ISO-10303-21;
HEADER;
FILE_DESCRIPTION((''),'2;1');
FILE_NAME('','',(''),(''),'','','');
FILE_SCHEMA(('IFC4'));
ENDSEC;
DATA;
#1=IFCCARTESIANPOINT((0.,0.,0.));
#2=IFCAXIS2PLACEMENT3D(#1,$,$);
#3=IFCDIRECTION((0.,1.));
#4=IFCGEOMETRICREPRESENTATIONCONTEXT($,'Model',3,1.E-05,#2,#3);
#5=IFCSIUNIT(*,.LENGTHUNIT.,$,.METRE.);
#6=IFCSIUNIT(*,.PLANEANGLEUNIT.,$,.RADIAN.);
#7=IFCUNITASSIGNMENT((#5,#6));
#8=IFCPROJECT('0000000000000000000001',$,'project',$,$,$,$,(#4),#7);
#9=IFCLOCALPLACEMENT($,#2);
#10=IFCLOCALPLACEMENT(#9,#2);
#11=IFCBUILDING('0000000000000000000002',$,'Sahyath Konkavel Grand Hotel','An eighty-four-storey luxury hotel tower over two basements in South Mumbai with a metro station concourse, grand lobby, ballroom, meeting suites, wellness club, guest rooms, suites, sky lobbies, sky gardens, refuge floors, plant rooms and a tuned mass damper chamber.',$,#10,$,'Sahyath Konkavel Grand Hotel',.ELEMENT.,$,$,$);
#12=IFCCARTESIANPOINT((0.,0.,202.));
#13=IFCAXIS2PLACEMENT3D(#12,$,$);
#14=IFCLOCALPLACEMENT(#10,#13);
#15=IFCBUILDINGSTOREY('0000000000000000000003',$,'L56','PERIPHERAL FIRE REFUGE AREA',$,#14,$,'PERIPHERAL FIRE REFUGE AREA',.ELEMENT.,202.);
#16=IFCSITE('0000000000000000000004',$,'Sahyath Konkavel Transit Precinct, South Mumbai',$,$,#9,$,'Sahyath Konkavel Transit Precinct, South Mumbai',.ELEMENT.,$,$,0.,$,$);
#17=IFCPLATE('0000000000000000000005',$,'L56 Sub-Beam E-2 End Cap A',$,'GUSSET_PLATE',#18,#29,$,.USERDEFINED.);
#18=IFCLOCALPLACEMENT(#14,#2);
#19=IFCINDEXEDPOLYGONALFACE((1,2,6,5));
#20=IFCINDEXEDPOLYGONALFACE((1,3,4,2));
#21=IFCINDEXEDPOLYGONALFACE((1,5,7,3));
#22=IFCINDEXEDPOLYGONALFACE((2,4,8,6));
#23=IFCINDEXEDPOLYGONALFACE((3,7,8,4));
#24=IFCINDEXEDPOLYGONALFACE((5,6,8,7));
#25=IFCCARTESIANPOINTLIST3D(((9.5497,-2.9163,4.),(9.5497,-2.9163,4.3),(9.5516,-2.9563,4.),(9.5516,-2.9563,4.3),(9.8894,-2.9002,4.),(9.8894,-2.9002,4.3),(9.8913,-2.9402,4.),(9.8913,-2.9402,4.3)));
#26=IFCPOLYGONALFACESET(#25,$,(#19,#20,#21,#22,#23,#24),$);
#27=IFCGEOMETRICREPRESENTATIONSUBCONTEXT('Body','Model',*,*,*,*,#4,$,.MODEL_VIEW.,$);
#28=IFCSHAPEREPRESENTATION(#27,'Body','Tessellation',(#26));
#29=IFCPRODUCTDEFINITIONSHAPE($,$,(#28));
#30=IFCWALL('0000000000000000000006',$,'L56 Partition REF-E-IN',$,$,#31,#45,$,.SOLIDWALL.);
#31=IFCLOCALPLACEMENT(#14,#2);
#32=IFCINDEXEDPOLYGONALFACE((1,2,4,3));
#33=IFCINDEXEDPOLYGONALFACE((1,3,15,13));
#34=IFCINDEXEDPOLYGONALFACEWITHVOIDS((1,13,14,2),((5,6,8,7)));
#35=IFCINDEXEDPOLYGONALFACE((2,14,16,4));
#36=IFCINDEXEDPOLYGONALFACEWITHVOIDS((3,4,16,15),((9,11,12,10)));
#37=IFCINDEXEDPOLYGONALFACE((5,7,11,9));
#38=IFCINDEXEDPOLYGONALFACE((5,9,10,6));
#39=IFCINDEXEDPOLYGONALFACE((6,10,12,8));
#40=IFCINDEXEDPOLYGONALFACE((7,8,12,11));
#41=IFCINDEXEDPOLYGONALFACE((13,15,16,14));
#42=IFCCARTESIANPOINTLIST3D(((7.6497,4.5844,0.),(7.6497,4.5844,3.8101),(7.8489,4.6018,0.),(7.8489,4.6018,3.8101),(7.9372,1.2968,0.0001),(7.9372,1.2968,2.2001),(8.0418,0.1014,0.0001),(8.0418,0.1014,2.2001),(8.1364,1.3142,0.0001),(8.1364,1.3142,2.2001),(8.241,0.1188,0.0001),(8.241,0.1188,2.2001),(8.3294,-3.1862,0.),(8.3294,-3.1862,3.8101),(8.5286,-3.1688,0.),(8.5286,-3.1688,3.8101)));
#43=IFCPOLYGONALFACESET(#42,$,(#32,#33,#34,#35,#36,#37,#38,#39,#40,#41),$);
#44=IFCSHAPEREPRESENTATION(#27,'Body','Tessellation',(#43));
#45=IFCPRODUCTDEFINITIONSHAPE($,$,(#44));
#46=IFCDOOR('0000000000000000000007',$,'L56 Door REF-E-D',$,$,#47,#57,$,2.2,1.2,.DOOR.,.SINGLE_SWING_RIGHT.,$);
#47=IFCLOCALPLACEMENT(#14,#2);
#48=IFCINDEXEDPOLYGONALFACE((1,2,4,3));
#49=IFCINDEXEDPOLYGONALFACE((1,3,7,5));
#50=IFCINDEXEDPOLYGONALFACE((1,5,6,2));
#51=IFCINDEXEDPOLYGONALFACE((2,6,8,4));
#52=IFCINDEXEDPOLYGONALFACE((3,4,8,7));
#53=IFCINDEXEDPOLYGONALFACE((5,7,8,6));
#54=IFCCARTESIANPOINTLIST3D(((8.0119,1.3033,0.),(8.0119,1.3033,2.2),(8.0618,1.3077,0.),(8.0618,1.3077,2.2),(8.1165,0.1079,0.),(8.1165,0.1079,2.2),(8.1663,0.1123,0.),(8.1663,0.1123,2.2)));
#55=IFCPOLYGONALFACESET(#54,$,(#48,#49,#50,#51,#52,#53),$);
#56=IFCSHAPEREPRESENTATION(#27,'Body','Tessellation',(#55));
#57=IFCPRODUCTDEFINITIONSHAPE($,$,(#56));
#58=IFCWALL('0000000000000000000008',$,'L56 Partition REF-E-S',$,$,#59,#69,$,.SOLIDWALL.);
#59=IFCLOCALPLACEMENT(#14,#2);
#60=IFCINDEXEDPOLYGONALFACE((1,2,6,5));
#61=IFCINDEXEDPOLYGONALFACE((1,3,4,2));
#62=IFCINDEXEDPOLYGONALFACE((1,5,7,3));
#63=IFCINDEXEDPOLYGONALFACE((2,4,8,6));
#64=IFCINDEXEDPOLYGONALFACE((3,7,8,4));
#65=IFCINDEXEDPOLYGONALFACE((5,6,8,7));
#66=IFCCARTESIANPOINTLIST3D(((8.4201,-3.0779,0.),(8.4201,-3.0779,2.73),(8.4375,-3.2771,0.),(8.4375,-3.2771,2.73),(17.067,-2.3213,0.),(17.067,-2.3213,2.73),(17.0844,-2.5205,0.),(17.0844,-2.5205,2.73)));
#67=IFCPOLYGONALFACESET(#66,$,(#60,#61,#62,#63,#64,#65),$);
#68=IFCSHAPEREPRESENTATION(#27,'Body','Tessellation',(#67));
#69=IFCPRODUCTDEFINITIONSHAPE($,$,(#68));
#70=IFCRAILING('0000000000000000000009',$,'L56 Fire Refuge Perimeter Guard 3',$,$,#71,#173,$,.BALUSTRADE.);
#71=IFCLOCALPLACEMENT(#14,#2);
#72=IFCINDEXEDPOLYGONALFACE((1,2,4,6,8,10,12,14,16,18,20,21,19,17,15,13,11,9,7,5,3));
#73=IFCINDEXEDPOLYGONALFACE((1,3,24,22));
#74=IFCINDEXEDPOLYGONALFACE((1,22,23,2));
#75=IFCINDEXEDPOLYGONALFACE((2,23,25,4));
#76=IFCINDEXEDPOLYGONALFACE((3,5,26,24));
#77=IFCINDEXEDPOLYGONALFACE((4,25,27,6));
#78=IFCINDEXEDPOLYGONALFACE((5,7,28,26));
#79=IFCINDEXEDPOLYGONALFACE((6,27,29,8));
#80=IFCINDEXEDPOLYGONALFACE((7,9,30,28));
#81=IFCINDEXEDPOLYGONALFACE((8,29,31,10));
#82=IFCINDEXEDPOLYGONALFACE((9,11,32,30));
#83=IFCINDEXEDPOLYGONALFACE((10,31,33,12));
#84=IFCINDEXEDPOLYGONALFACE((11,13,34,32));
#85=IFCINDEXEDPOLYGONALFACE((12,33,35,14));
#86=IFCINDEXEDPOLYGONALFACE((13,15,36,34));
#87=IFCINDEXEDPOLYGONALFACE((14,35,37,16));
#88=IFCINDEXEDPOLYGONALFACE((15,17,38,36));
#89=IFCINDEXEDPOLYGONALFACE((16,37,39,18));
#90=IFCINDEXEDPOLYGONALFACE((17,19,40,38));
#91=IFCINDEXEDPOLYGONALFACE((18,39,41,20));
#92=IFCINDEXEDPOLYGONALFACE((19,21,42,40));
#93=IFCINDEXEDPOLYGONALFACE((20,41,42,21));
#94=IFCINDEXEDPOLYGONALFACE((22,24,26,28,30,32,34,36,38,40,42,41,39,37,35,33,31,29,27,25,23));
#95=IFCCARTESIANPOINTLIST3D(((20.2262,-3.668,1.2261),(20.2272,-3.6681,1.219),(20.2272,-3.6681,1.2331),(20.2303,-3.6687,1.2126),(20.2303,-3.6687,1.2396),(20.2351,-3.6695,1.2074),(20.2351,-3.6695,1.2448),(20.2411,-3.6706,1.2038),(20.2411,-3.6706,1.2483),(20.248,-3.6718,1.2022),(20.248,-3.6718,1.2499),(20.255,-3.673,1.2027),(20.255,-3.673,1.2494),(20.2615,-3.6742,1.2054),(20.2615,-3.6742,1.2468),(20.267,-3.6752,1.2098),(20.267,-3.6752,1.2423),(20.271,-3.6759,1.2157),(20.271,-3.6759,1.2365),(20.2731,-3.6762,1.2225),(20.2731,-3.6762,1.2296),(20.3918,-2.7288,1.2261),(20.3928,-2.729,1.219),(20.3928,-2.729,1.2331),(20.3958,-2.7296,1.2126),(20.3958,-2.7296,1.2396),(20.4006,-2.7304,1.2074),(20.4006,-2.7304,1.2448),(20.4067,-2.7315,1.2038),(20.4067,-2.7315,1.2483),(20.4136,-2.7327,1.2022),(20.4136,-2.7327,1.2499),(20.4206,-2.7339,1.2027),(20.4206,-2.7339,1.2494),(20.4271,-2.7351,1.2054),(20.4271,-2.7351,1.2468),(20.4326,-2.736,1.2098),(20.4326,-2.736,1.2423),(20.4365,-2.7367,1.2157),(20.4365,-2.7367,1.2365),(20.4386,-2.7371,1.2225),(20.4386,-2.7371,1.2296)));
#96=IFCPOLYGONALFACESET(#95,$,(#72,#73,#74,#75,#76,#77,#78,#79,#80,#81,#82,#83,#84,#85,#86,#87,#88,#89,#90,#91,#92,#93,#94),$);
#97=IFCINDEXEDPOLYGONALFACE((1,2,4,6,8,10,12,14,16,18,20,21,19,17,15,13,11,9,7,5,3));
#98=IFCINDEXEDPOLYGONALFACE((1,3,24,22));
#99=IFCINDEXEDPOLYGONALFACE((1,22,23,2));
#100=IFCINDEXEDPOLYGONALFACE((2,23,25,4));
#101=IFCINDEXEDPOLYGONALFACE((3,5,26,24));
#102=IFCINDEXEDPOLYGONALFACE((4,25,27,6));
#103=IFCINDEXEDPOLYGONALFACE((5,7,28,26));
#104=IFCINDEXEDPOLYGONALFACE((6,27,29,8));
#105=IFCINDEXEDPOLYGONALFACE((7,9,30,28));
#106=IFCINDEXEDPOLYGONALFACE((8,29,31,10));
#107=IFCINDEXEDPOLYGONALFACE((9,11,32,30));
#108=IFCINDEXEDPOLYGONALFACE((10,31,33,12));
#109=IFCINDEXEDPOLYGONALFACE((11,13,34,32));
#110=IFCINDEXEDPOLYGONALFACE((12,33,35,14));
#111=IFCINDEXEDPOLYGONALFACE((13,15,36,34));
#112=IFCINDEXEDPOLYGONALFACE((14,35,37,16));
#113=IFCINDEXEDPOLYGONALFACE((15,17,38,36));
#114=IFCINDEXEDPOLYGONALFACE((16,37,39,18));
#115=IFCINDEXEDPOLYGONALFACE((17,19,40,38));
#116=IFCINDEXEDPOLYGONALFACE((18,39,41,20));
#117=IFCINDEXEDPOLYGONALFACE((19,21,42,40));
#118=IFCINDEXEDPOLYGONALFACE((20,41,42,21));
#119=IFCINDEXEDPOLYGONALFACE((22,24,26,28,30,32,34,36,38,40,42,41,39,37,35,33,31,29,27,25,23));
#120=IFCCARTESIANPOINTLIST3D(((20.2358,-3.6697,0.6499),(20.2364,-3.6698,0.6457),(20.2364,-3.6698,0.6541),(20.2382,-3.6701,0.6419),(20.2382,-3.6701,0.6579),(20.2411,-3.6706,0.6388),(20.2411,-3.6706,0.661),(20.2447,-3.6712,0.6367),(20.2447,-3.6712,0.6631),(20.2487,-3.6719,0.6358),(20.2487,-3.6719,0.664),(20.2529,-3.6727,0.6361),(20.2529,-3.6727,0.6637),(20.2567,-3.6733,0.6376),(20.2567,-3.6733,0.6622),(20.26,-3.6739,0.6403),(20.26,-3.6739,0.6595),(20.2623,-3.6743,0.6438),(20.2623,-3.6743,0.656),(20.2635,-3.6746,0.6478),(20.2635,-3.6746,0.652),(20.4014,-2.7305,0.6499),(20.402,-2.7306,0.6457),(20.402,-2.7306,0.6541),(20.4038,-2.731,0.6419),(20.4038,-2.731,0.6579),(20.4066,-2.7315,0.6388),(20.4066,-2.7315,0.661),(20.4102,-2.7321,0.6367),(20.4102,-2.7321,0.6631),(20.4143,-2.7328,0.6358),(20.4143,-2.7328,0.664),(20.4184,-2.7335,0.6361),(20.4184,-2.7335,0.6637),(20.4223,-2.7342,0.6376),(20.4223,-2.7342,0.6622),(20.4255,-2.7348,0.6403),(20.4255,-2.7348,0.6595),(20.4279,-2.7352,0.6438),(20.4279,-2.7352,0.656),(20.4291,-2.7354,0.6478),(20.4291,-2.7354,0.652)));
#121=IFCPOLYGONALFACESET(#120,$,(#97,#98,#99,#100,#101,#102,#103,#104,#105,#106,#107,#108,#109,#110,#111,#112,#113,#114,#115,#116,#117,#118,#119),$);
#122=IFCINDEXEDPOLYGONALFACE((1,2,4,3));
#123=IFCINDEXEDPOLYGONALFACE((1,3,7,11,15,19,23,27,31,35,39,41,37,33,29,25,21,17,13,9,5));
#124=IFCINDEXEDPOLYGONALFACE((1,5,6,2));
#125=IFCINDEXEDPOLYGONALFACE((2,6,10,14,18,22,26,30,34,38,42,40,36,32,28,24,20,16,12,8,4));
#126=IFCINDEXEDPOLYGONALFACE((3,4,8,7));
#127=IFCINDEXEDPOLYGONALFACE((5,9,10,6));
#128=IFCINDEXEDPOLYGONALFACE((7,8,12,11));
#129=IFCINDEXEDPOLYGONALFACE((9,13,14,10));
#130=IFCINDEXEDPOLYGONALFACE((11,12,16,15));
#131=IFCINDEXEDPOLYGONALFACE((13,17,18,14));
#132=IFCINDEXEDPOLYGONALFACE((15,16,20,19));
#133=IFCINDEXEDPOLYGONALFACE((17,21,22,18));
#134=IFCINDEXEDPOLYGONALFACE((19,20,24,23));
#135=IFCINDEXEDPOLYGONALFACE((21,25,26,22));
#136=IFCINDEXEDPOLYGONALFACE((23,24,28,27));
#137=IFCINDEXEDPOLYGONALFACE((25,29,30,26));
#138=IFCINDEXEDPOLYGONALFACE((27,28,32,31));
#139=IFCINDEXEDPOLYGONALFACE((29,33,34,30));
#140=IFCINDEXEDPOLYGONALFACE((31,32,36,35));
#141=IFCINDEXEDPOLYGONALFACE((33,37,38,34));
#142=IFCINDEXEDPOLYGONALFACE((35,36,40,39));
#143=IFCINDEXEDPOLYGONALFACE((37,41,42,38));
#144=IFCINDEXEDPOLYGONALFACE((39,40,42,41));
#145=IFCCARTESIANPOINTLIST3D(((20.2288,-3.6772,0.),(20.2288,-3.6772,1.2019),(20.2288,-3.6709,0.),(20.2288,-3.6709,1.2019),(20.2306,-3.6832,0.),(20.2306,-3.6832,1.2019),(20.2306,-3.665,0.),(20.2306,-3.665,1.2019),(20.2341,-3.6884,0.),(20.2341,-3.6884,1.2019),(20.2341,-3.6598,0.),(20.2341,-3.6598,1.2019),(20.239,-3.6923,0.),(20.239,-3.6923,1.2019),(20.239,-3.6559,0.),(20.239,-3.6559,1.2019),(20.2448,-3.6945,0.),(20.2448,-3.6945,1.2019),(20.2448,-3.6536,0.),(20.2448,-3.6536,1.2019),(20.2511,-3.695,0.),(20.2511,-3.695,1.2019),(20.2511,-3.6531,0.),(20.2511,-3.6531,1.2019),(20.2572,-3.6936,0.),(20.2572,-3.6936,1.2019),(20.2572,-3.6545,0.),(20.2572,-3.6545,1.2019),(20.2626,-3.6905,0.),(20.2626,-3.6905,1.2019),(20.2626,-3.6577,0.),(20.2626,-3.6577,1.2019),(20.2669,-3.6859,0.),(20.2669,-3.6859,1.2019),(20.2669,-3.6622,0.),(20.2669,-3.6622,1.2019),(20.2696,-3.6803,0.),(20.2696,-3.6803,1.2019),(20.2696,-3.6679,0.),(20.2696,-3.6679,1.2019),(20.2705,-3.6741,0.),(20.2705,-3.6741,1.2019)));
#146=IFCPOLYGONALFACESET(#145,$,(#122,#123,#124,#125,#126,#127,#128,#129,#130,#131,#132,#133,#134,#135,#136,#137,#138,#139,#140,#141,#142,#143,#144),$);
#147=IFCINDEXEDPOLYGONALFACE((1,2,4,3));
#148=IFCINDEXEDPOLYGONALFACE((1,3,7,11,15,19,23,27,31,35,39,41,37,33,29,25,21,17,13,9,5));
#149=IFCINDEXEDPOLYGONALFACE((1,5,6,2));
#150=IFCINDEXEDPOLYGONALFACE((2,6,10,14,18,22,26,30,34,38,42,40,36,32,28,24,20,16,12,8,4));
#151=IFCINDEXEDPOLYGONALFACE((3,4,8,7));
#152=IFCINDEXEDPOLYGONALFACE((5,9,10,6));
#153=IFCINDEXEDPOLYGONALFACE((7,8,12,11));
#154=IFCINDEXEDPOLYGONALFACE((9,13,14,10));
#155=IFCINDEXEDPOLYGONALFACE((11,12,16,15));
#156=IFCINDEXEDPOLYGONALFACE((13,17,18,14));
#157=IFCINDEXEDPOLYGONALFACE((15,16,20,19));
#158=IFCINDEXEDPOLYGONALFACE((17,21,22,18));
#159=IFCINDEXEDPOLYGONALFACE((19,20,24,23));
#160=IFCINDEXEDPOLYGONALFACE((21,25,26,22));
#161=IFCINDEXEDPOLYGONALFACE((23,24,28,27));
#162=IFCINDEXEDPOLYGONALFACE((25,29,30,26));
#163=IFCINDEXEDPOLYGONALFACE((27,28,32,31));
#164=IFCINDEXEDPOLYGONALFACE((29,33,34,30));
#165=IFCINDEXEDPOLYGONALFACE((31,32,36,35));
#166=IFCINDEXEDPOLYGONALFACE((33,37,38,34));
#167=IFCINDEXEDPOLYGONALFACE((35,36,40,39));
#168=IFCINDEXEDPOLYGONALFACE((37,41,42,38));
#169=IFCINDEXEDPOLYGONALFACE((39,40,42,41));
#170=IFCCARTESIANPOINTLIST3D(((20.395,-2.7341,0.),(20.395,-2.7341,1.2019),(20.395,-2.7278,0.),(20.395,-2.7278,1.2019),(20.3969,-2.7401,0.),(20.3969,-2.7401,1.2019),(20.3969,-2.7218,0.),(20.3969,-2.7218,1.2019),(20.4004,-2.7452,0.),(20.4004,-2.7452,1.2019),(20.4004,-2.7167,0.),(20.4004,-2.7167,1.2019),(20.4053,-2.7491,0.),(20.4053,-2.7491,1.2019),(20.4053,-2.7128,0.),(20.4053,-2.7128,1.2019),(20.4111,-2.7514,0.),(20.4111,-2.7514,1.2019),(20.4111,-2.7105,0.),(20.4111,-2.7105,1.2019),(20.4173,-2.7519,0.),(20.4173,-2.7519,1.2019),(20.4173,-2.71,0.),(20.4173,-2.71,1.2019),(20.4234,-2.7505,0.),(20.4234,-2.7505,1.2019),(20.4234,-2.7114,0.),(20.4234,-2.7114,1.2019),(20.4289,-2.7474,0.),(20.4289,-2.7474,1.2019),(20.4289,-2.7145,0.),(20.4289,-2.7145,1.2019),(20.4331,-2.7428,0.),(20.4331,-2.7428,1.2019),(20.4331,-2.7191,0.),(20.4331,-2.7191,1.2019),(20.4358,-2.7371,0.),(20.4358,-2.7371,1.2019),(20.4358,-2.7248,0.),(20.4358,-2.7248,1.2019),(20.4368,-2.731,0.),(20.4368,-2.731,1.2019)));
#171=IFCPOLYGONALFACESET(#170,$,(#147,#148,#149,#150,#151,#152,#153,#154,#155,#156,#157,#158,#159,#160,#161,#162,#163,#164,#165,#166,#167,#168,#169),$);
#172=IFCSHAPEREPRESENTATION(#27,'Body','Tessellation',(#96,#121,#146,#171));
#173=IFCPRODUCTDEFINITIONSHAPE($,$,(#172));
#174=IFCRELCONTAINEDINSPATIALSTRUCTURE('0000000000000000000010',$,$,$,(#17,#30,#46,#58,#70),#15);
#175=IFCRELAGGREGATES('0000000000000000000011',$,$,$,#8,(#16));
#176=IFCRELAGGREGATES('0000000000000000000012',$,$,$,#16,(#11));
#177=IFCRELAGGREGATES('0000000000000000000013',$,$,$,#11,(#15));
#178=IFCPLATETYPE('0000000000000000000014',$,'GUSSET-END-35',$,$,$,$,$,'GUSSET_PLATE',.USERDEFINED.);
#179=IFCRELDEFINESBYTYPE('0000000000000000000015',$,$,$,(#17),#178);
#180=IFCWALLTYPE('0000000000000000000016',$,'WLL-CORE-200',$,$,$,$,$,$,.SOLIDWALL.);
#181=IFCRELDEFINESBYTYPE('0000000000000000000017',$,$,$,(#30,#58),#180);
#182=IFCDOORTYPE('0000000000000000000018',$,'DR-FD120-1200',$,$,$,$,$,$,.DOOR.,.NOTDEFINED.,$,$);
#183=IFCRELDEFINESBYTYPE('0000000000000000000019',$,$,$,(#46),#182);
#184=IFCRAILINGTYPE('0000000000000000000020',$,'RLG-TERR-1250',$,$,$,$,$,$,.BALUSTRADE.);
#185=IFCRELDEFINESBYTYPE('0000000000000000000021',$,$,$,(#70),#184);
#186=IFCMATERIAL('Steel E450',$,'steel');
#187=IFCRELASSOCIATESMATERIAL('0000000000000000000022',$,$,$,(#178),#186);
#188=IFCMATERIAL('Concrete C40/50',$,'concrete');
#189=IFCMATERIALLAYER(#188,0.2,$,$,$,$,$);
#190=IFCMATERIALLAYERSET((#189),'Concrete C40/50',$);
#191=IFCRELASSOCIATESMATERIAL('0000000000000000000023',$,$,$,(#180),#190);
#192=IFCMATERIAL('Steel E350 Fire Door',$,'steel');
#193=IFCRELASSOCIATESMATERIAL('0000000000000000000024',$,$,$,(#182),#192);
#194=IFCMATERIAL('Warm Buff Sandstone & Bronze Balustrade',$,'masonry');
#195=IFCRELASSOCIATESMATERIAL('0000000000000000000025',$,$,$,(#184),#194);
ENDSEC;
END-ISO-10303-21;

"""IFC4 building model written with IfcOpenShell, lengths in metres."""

from ifc_helpers import new_model, si_unit, direction, frame, frame_2d, origin, origin_2d, place, context, subcontext, project, spatial, rectangle, circle, extrude, source, transform, mapped, material, layer, layer_set, type_object, element, fill, save


model = new_model("IFC4")

# Units and contexts
model_context = context("Model", 3, precision=1e-05, world=origin(), true_north=direction((0.0, 1.0)))
body_context = subcontext(model_context, "Body", "Model", "MODEL_VIEW")
ifc_project = project(units=[si_unit("LENGTHUNIT", "METRE"), si_unit("PLANEANGLEUNIT", "RADIAN")], contexts=[model_context])

# Site, building, storey
site_placement = place(None, origin())
site = spatial("IfcSite", under=ifc_project, at=site_placement, Name="Sahyath Konkavel Transit Precinct, South Mumbai", LongName="Sahyath Konkavel Transit Precinct, South Mumbai", CompositionType="ELEMENT", RefElevation=0.0)
building_placement = place(site_placement, origin())
building = spatial("IfcBuilding", under=site, at=building_placement, Name="Sahyath Konkavel Grand Hotel", Description="An eighty-four-storey luxury hotel tower over two basements in South Mumbai with a metro station concourse, grand lobby, ballroom, meeting suites, wellness club, guest rooms, suites, sky lobbies, sky gardens, refuge floors, plant rooms and a tuned mass damper chamber.", LongName="Sahyath Konkavel Grand Hotel", CompositionType="ELEMENT")
storey_placement = place(building_placement, frame((0.0, 0.0, 202.0)))
storey = spatial("IfcBuildingStorey", under=building, at=storey_placement, Name="L56", Description="PERIPHERAL FIRE REFUGE AREA", LongName="PERIPHERAL FIRE REFUGE AREA", CompositionType="ELEMENT", Elevation=202.0)

# Shared definitions
ifc_material_1 = material(Name="Steel E450", Category="steel")

# Plate
plate_type_1 = type_object("IfcPlateType", Name="GUSSET-END-35", ElementType="GUSSET_PLATE", PredefinedType="USERDEFINED", material=ifc_material_1)
shared_shape_1 = source(origin(), body_context, "Body", "SweptSolid", [
    extrude(rectangle(XDim=0.04, YDim=0.3401, at=origin_2d()), origin(), (0.0, 0.0, 1.0), 0.3),
])
plate_1_placement = place(storey_placement, frame((9.7205, -2.9282, 4.0), z_axis=(0.0, 0.0, 1.0), x_axis=(-0.047228, 0.998884, 0.0)))
element("IfcPlate", 1, at=plate_1_placement, inside=storey, type_object=plate_type_1, Name="L56 Sub-Beam E-2 End Cap A", ObjectType="GUSSET_PLATE", PredefinedType="USERDEFINED", context=body_context, shape_type="MappedRepresentation", body=[
    mapped(shared_shape_1, transform((0.0, 0.0, 0.0), scale=1.0)),
])

# Wall, opening, door
ifc_material_2 = material(Name="Concrete C40/50", Category="concrete")
ifc_layer = layer(ifc_material_2, 0.2)
ifc_layer_set = layer_set([ifc_layer], Name="Concrete C40/50")
wall_type = type_object("IfcWallType", Name="WLL-CORE-200", PredefinedType="SOLIDWALL", material=ifc_layer_set)
wall_1_placement = place(storey_placement, frame((8.429, -3.1775, 0.0), z_axis=(0.0, 0.0, 1.0), x_axis=(-0.087137, 0.996196, 0.0)))
wall_1 = element("IfcWall", 2, at=wall_1_placement, inside=storey, type_object=wall_type, Name="L56 Partition REF-E-IN", PredefinedType="SOLIDWALL", context=body_context, shape_type="SweptSolid", body=[
    extrude(rectangle(XDim=7.8003, YDim=0.2, at=frame_2d((3.9001, 0.0))), origin(), (0.0, 0.0, 1.0), 3.8101),
])
opening_placement = place(wall_1_placement, frame((3.3, 0.0, 0.0)))
opening = element("IfcOpeningElement", 3, at=opening_placement, cuts=wall_1, PredefinedType="OPENING", context=body_context, shape_type="SweptSolid", body=[
    extrude(rectangle(XDim=1.2, YDim=2.2, at=frame_2d((0.6001, 1.1001))), frame((0.0, 0.1099, 0.0), z_axis=(0.0, -1.0, 0.0), x_axis=(1.0, 0.0, 0.0)), (0.0, 0.0, 1.0), 0.22),
])
ifc_material_3 = material(Name="Steel E350 Fire Door", Category="steel")
door_type = type_object("IfcDoorType", Name="DR-FD120-1200", OperationType="NOTDEFINED", PredefinedType="DOOR", material=ifc_material_3)
shared_shape_2 = source(origin(), body_context, "Body", "SweptSolid", [
    extrude(rectangle(XDim=1.2, YDim=0.05, at=origin_2d()), origin(), (0.0, 0.0, 1.0), 2.2),
])
door_placement = place(opening_placement, frame((0.6001, 0.0, 0.0)))
door = element("IfcDoor", 4, at=door_placement, inside=storey, type_object=door_type, Name="L56 Door REF-E-D", OperationType="SINGLE_SWING_RIGHT", OverallHeight=2.2, OverallWidth=1.2, PredefinedType="DOOR", context=body_context, shape_type="MappedRepresentation", body=[
    mapped(shared_shape_2, transform((0.0, 0.0, 0.0), scale=1.0)),
])
fill(opening, door)

# Wall
wall_2_placement = place(storey_placement, frame((8.429, -3.1775, 0.0), z_axis=(0.0, 0.0, 1.0), x_axis=(0.996194, 0.087165, 0.0)))
element("IfcWall", 5, at=wall_2_placement, inside=storey, type_object=wall_type, Name="L56 Partition REF-E-S", PredefinedType="SOLIDWALL", context=body_context, shape_type="SweptSolid", body=[
    extrude(rectangle(XDim=8.6799, YDim=0.2, at=frame_2d((4.3398, 0.0))), origin(), (0.0, 0.0, 1.0), 2.73),
])

# Railing
ifc_material_4 = material(Name="Warm Buff Sandstone & Bronze Balustrade", Category="masonry")
railing_type = type_object("IfcRailingType", Name="RLG-TERR-1250", PredefinedType="BALUSTRADE", material=ifc_material_4)
railing_1_placement = place(storey_placement, frame((20.2495, -3.6741, 0.0)))
element("IfcRailing", 6, at=railing_1_placement, inside=storey, type_object=railing_type, Name="L56 Fire Refuge Perimeter Guard 3", PredefinedType="BALUSTRADE", context=body_context, shape_type="SweptSolid", body=[
    extrude(circle(Radius=0.0239, at=origin_2d()), frame((0.0002, 0.002, 1.2261), z_axis=(0.173611, 0.984814, 0.0), x_axis=(-0.984814, 0.173611, 0.0)), (0.0, 0.0, 1.0), 0.9536),
    extrude(circle(Radius=0.0142, at=origin_2d()), frame((0.0002, 0.002, 0.6499), z_axis=(0.173611, 0.984814, 0.0), x_axis=(-0.984814, 0.173611, 0.0)), (0.0, 0.0, 1.0), 0.9536),
    extrude(circle(Radius=0.021, at=origin_2d()), origin(), (0.0, 0.0, 1.0), 1.2019),
    extrude(circle(Radius=0.021, at=origin_2d()), frame((0.1663, 0.9431, 0.0)), (0.0, 0.0, 1.0), 1.2019),
])

save(model, "model.ifc")
